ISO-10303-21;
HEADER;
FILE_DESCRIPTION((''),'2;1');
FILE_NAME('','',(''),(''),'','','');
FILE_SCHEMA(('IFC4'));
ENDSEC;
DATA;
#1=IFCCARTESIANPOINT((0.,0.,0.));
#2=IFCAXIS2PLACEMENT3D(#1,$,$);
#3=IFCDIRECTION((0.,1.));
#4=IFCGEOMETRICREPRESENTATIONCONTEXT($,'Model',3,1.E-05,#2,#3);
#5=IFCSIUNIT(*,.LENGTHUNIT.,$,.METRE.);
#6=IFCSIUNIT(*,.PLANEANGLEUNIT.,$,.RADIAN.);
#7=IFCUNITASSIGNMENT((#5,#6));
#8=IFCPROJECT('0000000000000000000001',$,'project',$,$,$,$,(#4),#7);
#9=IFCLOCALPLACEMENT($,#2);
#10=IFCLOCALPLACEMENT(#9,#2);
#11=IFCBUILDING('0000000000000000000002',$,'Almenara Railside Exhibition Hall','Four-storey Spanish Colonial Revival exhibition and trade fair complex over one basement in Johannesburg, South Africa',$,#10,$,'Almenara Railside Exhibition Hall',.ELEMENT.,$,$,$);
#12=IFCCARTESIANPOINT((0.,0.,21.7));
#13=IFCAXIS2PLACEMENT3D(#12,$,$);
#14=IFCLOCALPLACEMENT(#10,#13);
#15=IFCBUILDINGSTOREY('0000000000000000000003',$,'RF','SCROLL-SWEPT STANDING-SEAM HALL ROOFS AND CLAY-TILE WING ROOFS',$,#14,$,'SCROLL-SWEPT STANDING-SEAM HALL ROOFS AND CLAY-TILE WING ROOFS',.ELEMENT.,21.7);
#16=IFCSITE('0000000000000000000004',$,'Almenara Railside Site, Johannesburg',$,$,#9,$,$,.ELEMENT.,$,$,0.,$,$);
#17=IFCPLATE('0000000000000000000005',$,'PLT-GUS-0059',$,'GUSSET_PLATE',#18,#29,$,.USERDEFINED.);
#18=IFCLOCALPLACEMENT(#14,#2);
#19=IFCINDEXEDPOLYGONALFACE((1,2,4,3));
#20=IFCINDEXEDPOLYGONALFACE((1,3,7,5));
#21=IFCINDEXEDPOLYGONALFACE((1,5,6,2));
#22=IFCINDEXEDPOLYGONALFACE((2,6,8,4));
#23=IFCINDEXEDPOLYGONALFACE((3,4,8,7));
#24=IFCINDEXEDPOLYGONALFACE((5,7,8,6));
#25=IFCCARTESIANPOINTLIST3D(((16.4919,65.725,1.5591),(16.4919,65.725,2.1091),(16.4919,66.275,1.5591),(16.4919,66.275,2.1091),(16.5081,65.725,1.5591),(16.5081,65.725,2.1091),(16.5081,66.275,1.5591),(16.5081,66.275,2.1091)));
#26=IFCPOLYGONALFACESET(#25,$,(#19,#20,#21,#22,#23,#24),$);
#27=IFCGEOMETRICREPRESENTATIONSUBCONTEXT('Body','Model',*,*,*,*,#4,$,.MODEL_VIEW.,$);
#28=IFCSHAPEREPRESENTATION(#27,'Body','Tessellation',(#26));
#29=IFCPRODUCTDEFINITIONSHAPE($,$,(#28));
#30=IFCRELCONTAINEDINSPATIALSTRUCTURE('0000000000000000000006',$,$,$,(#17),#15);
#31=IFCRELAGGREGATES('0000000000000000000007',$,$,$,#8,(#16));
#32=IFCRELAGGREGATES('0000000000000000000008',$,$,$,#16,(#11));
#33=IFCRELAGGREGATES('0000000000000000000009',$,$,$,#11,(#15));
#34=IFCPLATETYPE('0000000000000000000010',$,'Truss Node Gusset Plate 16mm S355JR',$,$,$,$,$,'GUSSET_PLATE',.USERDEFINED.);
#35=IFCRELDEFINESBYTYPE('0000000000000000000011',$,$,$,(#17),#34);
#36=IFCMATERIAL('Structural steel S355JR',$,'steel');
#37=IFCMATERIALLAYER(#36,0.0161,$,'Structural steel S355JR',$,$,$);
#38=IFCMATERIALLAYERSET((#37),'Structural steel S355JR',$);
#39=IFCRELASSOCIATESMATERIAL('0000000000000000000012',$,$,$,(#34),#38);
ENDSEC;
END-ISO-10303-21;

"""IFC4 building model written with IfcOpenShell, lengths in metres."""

from ifc_helpers import new_model, si_unit, direction, frame, origin, origin_2d, place, context, subcontext, project, spatial, rectangle, extrude, material, layer, layer_set, type_object, element, save


model = new_model("IFC4")

# Units and contexts
model_context = context("Model", 3, precision=1e-05, world=origin(), true_north=direction((0.0, 1.0)))
body_context = subcontext(model_context, "Body", "Model", "MODEL_VIEW")
ifc_project = project(units=[si_unit("LENGTHUNIT", "METRE"), si_unit("PLANEANGLEUNIT", "RADIAN")], contexts=[model_context])

# Site, building, storey
site_placement = place(None, origin())
site = spatial("IfcSite", under=ifc_project, at=site_placement, Name="Almenara Railside Site, Johannesburg", CompositionType="ELEMENT", RefElevation=0.0)
building_placement = place(site_placement, origin())
building = spatial("IfcBuilding", under=site, at=building_placement, Name="Almenara Railside Exhibition Hall", Description="Four-storey Spanish Colonial Revival exhibition and trade fair complex over one basement in Johannesburg, South Africa", LongName="Almenara Railside Exhibition Hall", CompositionType="ELEMENT")
storey_placement = place(building_placement, frame((0.0, 0.0, 21.7)))
storey = spatial("IfcBuildingStorey", under=building, at=storey_placement, Name="RF", Description="SCROLL-SWEPT STANDING-SEAM HALL ROOFS AND CLAY-TILE WING ROOFS", LongName="SCROLL-SWEPT STANDING-SEAM HALL ROOFS AND CLAY-TILE WING ROOFS", CompositionType="ELEMENT", Elevation=21.7)

# Shared definitions
ifc_material_1 = material(Name="Structural steel S355JR", Category="steel")

# Plate
ifc_layer_1 = layer(ifc_material_1, 0.0161, Name="Structural steel S355JR")
ifc_layer_set_1 = layer_set([ifc_layer_1], Name="Structural steel S355JR")
plate_type_1 = type_object("IfcPlateType", Name="Truss Node Gusset Plate 16mm S355JR", ElementType="GUSSET_PLATE", PredefinedType="USERDEFINED", material=ifc_layer_set_1)
plate_1_placement = place(storey_placement, frame((16.5, 66.0, 1.5591), z_axis=(0.0, 0.0, 1.0), x_axis=(0.0, 1.0, 0.0)))
element("IfcPlate", 1, at=plate_1_placement, inside=storey, type_object=plate_type_1, Name="PLT-GUS-0059", ObjectType="GUSSET_PLATE", PredefinedType="USERDEFINED", context=body_context, shape_type="SweptSolid", body=[
    extrude(rectangle(XDim=0.55, YDim=0.0161, at=origin_2d()), origin(), (0.0, 0.0, 1.0), 0.55),
])

save(model, "model.ifc")
